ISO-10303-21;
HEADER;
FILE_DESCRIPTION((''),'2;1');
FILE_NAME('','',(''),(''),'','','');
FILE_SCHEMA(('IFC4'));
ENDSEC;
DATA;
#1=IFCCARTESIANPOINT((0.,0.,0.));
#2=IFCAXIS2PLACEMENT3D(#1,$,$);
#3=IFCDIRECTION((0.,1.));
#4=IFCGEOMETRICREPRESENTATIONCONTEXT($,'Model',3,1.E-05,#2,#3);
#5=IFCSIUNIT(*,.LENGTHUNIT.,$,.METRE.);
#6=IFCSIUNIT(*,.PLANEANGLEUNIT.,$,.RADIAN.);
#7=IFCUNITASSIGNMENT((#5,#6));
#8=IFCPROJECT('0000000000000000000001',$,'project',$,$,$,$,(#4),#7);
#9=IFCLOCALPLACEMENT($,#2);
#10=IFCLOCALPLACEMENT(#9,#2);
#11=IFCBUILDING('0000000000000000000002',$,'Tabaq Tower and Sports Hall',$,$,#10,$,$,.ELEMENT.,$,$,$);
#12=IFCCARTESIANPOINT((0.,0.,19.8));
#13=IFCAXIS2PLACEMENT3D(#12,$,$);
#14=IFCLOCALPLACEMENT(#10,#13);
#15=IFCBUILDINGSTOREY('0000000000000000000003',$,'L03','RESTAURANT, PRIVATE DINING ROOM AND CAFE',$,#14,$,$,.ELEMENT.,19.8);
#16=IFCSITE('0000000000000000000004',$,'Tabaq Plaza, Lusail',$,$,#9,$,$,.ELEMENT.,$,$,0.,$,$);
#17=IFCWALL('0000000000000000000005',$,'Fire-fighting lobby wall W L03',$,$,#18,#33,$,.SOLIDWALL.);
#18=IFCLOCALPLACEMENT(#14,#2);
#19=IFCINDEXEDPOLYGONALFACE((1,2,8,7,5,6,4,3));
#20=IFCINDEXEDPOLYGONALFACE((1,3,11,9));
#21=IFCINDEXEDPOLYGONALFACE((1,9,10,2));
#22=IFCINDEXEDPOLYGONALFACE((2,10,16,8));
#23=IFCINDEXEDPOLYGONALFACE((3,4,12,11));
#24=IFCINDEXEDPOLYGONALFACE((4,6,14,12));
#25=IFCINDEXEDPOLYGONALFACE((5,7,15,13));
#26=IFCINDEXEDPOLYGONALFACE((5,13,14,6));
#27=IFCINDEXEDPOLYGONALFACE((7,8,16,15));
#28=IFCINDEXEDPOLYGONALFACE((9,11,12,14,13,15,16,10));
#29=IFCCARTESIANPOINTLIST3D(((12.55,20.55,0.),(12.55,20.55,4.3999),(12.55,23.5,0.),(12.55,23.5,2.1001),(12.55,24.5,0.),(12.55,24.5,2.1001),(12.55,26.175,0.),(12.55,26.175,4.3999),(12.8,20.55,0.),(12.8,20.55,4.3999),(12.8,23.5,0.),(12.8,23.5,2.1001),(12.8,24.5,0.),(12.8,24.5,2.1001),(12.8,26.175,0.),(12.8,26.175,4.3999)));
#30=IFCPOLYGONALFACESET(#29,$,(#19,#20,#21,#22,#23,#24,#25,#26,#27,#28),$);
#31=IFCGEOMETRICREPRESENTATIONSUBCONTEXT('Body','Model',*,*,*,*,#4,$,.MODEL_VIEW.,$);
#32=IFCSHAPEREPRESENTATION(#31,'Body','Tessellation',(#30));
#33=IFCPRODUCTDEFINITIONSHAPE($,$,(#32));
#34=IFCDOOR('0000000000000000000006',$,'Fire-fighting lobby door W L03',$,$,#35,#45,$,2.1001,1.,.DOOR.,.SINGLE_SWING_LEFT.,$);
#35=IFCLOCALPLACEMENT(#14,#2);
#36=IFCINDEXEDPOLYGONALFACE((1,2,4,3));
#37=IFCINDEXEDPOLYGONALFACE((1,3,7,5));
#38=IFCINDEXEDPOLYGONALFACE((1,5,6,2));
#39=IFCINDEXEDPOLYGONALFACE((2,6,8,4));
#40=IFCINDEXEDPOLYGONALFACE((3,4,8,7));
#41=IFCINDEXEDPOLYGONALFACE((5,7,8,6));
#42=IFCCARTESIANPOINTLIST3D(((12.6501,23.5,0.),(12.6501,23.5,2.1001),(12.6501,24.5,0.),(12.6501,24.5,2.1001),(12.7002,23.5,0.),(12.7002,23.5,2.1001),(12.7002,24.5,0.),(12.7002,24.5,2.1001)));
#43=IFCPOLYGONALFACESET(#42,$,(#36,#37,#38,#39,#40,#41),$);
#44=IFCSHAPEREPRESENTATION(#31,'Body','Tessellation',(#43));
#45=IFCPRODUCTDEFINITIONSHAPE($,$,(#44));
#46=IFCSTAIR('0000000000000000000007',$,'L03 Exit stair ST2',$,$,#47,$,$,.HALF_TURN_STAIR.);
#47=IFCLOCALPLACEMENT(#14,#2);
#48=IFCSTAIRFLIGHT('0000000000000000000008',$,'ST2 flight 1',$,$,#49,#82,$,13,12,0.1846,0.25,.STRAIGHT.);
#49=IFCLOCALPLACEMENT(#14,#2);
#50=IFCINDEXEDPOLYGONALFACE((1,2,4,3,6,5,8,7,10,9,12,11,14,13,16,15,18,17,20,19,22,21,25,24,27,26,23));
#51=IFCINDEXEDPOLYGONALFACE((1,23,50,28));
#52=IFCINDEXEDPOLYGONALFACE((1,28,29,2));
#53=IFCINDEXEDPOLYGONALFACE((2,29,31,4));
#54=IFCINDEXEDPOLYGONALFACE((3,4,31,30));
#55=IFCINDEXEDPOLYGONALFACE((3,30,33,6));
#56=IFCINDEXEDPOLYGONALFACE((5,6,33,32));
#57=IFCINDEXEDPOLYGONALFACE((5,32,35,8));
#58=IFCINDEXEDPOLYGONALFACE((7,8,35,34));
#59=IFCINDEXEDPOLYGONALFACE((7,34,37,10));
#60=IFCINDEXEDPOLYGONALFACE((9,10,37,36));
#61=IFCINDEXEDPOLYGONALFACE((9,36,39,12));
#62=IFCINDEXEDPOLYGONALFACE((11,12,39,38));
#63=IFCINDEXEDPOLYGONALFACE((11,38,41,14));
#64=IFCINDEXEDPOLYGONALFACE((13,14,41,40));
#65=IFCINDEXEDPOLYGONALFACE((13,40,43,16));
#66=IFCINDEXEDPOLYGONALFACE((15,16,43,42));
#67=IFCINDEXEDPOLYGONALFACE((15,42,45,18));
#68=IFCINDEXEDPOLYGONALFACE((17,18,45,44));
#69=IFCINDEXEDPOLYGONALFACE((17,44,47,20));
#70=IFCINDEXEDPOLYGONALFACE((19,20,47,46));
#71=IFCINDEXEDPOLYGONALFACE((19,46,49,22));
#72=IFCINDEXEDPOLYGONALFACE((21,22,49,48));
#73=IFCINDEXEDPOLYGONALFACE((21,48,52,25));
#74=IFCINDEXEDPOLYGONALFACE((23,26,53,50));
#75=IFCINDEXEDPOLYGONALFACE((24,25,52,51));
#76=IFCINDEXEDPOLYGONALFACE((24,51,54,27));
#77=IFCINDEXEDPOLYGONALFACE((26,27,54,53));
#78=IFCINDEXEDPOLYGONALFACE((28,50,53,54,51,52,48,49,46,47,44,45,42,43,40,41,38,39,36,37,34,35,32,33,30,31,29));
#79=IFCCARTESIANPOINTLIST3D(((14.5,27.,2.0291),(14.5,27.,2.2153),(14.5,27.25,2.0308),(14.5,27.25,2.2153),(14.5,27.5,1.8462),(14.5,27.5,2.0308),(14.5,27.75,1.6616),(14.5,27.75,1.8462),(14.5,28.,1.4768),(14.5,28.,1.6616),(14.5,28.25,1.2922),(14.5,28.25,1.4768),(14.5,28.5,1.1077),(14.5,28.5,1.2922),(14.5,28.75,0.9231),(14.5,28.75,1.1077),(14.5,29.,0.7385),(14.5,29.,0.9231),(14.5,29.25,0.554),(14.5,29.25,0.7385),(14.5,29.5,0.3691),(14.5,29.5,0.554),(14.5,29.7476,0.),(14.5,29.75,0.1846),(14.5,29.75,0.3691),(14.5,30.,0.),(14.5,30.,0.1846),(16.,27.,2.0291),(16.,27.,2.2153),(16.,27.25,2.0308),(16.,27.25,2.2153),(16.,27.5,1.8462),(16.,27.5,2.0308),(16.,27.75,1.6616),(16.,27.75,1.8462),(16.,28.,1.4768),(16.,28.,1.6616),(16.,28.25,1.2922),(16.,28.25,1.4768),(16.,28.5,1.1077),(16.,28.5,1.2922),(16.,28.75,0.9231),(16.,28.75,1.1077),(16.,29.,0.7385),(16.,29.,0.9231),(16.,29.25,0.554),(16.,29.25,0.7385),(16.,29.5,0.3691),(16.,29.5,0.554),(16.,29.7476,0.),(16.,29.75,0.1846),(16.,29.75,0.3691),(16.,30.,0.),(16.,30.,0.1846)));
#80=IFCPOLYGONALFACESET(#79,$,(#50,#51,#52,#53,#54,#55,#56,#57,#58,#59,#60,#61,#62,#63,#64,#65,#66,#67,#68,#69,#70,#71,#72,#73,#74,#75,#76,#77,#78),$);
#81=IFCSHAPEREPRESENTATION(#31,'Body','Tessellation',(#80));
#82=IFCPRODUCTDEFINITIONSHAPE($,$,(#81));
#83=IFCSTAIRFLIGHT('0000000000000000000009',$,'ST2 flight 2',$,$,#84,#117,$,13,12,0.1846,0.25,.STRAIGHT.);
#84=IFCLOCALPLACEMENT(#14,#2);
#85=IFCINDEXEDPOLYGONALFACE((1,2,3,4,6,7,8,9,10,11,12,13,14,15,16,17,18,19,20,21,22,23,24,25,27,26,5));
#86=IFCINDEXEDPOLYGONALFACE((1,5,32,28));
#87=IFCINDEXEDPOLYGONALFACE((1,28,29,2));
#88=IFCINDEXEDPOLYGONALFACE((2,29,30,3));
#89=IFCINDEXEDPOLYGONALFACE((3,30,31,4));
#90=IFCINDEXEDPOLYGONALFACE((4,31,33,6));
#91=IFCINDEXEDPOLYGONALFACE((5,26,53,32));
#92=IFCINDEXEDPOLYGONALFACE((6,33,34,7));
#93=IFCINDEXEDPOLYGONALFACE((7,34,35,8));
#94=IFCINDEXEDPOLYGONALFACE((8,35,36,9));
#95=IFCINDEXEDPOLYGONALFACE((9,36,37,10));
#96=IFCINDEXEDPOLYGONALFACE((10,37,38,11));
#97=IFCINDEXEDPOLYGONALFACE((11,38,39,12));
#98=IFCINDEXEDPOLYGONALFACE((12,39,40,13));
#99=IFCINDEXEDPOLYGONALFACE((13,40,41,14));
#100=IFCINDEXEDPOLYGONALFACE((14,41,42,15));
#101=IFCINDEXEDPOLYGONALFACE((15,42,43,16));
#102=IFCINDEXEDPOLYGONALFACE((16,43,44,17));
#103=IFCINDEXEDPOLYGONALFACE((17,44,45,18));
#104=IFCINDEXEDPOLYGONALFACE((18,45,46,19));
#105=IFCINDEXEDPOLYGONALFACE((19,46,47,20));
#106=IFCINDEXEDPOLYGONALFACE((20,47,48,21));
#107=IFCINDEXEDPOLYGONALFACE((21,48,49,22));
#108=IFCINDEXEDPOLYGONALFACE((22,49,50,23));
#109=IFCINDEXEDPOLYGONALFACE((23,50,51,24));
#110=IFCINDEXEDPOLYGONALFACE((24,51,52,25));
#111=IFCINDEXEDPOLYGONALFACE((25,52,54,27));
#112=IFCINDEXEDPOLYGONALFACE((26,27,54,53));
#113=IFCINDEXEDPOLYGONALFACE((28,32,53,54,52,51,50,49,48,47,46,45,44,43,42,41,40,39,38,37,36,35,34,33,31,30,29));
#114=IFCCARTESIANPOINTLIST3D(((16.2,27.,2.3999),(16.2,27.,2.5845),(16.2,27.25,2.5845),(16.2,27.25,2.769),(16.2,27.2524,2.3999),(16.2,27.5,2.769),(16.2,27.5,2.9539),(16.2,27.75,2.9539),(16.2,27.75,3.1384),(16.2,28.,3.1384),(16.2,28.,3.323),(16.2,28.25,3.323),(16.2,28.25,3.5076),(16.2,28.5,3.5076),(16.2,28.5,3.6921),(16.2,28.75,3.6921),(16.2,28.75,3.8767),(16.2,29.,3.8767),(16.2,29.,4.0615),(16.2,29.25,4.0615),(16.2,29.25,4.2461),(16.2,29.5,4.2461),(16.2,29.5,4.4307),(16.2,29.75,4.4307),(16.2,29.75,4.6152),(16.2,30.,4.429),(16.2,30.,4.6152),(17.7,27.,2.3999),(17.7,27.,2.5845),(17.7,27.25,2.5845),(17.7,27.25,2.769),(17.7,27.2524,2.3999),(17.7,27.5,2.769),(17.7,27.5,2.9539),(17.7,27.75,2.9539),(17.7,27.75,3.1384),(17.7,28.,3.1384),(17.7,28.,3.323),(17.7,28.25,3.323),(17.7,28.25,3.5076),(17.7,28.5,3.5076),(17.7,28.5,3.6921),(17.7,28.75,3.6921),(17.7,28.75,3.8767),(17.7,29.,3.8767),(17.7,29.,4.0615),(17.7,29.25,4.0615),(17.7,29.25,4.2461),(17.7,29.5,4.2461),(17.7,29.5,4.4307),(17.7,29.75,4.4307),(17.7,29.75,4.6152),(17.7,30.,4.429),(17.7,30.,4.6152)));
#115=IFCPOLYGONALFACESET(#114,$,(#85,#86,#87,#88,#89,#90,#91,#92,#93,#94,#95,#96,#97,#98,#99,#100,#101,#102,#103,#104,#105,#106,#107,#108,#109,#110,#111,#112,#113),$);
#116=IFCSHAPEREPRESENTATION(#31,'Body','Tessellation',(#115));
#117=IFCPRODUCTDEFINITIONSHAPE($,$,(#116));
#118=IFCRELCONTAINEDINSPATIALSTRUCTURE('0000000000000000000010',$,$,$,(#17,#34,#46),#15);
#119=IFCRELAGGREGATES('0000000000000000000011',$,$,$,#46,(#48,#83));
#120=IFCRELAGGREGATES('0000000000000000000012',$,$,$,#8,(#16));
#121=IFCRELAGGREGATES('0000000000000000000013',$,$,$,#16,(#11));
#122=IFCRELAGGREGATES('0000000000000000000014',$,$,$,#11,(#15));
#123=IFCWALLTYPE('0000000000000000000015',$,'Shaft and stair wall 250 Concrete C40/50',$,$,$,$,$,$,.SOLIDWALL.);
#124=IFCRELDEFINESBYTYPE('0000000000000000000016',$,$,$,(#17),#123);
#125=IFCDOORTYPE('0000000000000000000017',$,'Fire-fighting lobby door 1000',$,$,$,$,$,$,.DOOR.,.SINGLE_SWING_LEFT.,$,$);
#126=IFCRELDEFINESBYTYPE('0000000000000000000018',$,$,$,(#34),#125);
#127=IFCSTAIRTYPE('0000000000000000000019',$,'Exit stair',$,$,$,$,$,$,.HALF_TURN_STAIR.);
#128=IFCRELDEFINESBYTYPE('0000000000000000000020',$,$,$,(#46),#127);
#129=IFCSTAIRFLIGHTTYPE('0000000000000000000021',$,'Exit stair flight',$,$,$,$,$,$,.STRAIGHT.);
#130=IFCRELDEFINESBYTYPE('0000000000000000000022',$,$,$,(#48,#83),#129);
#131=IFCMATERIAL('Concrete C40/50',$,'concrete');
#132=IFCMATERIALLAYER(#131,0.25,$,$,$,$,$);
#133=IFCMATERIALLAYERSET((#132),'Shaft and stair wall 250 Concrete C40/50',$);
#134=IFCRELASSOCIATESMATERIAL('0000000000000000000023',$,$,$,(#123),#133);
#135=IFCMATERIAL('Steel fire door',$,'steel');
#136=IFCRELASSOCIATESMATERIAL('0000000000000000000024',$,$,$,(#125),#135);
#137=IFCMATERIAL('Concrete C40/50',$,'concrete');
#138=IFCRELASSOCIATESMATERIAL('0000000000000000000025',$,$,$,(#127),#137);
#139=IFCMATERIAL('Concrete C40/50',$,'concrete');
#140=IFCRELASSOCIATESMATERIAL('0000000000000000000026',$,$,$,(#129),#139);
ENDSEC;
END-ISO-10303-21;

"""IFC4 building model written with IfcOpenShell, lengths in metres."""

from ifc_helpers import new_model, si_unit, direction, frame, frame_2d, origin, place, context, subcontext, project, spatial, polyline, rectangle, outline, extrude, material, layer, layer_set, type_object, element, fill, aggregate, save


model = new_model("IFC4")

# Units and contexts
model_context = context("Model", 3, precision=1e-05, world=origin(), true_north=direction((0.0, 1.0)))
body_context = subcontext(model_context, "Body", "Model", "MODEL_VIEW")
ifc_project = project(units=[si_unit("LENGTHUNIT", "METRE"), si_unit("PLANEANGLEUNIT", "RADIAN")], contexts=[model_context])

# Site, building, storey
site_placement = place(None, origin())
site = spatial("IfcSite", under=ifc_project, at=site_placement, Name="Tabaq Plaza, Lusail", CompositionType="ELEMENT", RefElevation=0.0)
building_placement = place(site_placement, origin())
building = spatial("IfcBuilding", under=site, at=building_placement, Name="Tabaq Tower and Sports Hall", CompositionType="ELEMENT")
storey_placement = place(building_placement, frame((0.0, 0.0, 19.8)))
storey = spatial("IfcBuildingStorey", under=building, at=storey_placement, Name="L03", Description="RESTAURANT, PRIVATE DINING ROOM AND CAFE", CompositionType="ELEMENT", Elevation=19.8)

# Shared definitions
ifc_material_1 = material(Name="Concrete C40/50", Category="concrete")
ifc_layer_1 = layer(ifc_material_1, 0.25)
ifc_layer_set_1 = layer_set([ifc_layer_1], Name="Shaft and stair wall 250 Concrete C40/50")
wall_type_1 = type_object("IfcWallType", Name="Shaft and stair wall 250 Concrete C40/50", PredefinedType="SOLIDWALL", material=ifc_layer_set_1)

# Shared definitions
ifc_material_2 = material(Name="Steel fire door", Category="steel")
door_type = type_object("IfcDoorType", Name="Fire-fighting lobby door 1000", OperationType="SINGLE_SWING_LEFT", PredefinedType="DOOR", material=ifc_material_2)

# Wall, opening, door
wall_1_placement = place(storey_placement, frame((12.675, 20.55, 0.0), z_axis=(0.0, 0.0, 1.0), x_axis=(0.0, 1.0, 0.0)))
wall_1 = element("IfcWall", 1, at=wall_1_placement, inside=storey, type_object=wall_type_1, Name="Fire-fighting lobby wall W L03", PredefinedType="SOLIDWALL", context=body_context, shape_type="SweptSolid", body=[
    extrude(rectangle(XDim=5.625, YDim=0.25, at=frame_2d((2.8125, 0.0))), origin(), (0.0, 0.0, 1.0), 4.3999),
])
opening_1_placement = place(wall_1_placement, frame((2.95, 0.0, 0.0)))
opening_1 = element("IfcOpeningElement", 2, at=opening_1_placement, cuts=wall_1, PredefinedType="OPENING", context=body_context, shape_type="SweptSolid", body=[
    extrude(rectangle(XDim=1.0, YDim=2.1001, at=frame_2d((0.5, 1.05))), frame((0.0, 0.125, 0.0), z_axis=(0.0, -1.0, 0.0), x_axis=(1.0, 0.0, 0.0)), (0.0, 0.0, 1.0), 0.25),
])
door_1_placement = place(opening_1_placement, origin())
door_1 = element("IfcDoor", 3, at=door_1_placement, inside=storey, type_object=door_type, Name="Fire-fighting lobby door W L03", OperationType="SINGLE_SWING_LEFT", OverallHeight=2.1001, OverallWidth=1.0, PredefinedType="DOOR", context=body_context, shape_type="SweptSolid", body=[
    extrude(rectangle(XDim=1.0, YDim=2.1001, at=frame_2d((0.5, 1.05))), frame((0.0, 0.0249, 0.0), z_axis=(0.0, -1.0, 0.0), x_axis=(1.0, 0.0, 0.0)), (0.0, 0.0, 1.0), 0.05),
])
fill(opening_1, door_1)

# Stair, stair flights
ifc_material_3 = material(Name="Concrete C40/50", Category="concrete")
stair_type = type_object("IfcStairType", Name="Exit stair", PredefinedType="HALF_TURN_STAIR", material=ifc_material_3)
stair_placement = place(storey_placement, origin())
stair = element("IfcStair", 4, at=stair_placement, inside=storey, type_object=stair_type, Name="L03 Exit stair ST2", PredefinedType="HALF_TURN_STAIR")
ifc_material_4 = material(Name="Concrete C40/50", Category="concrete")
stair_flight_type = type_object("IfcStairFlightType", Name="Exit stair flight", PredefinedType="STRAIGHT", material=ifc_material_4)
stair_flight_1_placement = place(storey_placement, frame((15.25, 30.0, 0.0), z_axis=(0.0, 0.0, 1.0), x_axis=(0.0, -1.0, 0.0)))
stair_flight_1 = element("IfcStairFlight", 5, at=stair_flight_1_placement, type_object=stair_flight_type, Name="ST2 flight 1", NumberOfRisers=13, NumberOfTreads=12, PredefinedType="STRAIGHT", RiserHeight=0.1846, TreadLength=0.25, context=body_context, shape_type="SweptSolid", body=[
    extrude(outline(polyline([(0.0, 0.0), (0.0, 0.1846), (0.25, 0.1846), (0.25, 0.3691), (0.5, 0.3691), (0.5, 0.554), (0.75, 0.554), (0.75, 0.7385), (1.0, 0.7385), (1.0, 0.9231), (1.25, 0.9231), (1.25, 1.1077), (1.5, 1.1077), (1.5, 1.2922), (1.75, 1.2922), (1.75, 1.4768), (2.0, 1.4768), (2.0, 1.6616), (2.25, 1.6616), (2.25, 1.8462), (2.5, 1.8462), (2.5, 2.0308), (2.75, 2.0308), (2.75, 2.2153), (3.0, 2.2153), (3.0, 2.3999), (3.0, 2.0291), (0.2524, 0.0), (0.0, 0.0)])), frame((0.0, 0.75, 0.0), z_axis=(0.0, -1.0, 0.0), x_axis=(1.0, 0.0, 0.0)), (0.0, 0.0, 1.0), 1.5),
])
stair_flight_2_placement = place(storey_placement, frame((16.95, 27.0, 2.3999), z_axis=(0.0, 0.0, 1.0), x_axis=(0.0, 1.0, 0.0)))
stair_flight_2 = element("IfcStairFlight", 6, at=stair_flight_2_placement, type_object=stair_flight_type, Name="ST2 flight 2", NumberOfRisers=13, NumberOfTreads=12, PredefinedType="STRAIGHT", RiserHeight=0.1846, TreadLength=0.25, context=body_context, shape_type="SweptSolid", body=[
    extrude(outline(polyline([(0.0, 0.0), (0.0, 0.1846), (0.25, 0.1846), (0.25, 0.3691), (0.5, 0.3691), (0.5, 0.554), (0.75, 0.554), (0.75, 0.7385), (1.0, 0.7385), (1.0, 0.9231), (1.25, 0.9231), (1.25, 1.1077), (1.5, 1.1077), (1.5, 1.2922), (1.75, 1.2922), (1.75, 1.4768), (2.0, 1.4768), (2.0, 1.6616), (2.25, 1.6616), (2.25, 1.8462), (2.5, 1.8462), (2.5, 2.0308), (2.75, 2.0308), (2.75, 2.2153), (3.0, 2.2153), (3.0, 2.3999), (3.0, 2.0291), (0.2524, 0.0), (0.0, 0.0)])), frame((0.0, 0.75, 0.0), z_axis=(0.0, -1.0, 0.0), x_axis=(1.0, 0.0, 0.0)), (0.0, 0.0, 1.0), 1.5),
])
aggregate(stair, [stair_flight_1, stair_flight_2])

save(model, "model.ifc")
